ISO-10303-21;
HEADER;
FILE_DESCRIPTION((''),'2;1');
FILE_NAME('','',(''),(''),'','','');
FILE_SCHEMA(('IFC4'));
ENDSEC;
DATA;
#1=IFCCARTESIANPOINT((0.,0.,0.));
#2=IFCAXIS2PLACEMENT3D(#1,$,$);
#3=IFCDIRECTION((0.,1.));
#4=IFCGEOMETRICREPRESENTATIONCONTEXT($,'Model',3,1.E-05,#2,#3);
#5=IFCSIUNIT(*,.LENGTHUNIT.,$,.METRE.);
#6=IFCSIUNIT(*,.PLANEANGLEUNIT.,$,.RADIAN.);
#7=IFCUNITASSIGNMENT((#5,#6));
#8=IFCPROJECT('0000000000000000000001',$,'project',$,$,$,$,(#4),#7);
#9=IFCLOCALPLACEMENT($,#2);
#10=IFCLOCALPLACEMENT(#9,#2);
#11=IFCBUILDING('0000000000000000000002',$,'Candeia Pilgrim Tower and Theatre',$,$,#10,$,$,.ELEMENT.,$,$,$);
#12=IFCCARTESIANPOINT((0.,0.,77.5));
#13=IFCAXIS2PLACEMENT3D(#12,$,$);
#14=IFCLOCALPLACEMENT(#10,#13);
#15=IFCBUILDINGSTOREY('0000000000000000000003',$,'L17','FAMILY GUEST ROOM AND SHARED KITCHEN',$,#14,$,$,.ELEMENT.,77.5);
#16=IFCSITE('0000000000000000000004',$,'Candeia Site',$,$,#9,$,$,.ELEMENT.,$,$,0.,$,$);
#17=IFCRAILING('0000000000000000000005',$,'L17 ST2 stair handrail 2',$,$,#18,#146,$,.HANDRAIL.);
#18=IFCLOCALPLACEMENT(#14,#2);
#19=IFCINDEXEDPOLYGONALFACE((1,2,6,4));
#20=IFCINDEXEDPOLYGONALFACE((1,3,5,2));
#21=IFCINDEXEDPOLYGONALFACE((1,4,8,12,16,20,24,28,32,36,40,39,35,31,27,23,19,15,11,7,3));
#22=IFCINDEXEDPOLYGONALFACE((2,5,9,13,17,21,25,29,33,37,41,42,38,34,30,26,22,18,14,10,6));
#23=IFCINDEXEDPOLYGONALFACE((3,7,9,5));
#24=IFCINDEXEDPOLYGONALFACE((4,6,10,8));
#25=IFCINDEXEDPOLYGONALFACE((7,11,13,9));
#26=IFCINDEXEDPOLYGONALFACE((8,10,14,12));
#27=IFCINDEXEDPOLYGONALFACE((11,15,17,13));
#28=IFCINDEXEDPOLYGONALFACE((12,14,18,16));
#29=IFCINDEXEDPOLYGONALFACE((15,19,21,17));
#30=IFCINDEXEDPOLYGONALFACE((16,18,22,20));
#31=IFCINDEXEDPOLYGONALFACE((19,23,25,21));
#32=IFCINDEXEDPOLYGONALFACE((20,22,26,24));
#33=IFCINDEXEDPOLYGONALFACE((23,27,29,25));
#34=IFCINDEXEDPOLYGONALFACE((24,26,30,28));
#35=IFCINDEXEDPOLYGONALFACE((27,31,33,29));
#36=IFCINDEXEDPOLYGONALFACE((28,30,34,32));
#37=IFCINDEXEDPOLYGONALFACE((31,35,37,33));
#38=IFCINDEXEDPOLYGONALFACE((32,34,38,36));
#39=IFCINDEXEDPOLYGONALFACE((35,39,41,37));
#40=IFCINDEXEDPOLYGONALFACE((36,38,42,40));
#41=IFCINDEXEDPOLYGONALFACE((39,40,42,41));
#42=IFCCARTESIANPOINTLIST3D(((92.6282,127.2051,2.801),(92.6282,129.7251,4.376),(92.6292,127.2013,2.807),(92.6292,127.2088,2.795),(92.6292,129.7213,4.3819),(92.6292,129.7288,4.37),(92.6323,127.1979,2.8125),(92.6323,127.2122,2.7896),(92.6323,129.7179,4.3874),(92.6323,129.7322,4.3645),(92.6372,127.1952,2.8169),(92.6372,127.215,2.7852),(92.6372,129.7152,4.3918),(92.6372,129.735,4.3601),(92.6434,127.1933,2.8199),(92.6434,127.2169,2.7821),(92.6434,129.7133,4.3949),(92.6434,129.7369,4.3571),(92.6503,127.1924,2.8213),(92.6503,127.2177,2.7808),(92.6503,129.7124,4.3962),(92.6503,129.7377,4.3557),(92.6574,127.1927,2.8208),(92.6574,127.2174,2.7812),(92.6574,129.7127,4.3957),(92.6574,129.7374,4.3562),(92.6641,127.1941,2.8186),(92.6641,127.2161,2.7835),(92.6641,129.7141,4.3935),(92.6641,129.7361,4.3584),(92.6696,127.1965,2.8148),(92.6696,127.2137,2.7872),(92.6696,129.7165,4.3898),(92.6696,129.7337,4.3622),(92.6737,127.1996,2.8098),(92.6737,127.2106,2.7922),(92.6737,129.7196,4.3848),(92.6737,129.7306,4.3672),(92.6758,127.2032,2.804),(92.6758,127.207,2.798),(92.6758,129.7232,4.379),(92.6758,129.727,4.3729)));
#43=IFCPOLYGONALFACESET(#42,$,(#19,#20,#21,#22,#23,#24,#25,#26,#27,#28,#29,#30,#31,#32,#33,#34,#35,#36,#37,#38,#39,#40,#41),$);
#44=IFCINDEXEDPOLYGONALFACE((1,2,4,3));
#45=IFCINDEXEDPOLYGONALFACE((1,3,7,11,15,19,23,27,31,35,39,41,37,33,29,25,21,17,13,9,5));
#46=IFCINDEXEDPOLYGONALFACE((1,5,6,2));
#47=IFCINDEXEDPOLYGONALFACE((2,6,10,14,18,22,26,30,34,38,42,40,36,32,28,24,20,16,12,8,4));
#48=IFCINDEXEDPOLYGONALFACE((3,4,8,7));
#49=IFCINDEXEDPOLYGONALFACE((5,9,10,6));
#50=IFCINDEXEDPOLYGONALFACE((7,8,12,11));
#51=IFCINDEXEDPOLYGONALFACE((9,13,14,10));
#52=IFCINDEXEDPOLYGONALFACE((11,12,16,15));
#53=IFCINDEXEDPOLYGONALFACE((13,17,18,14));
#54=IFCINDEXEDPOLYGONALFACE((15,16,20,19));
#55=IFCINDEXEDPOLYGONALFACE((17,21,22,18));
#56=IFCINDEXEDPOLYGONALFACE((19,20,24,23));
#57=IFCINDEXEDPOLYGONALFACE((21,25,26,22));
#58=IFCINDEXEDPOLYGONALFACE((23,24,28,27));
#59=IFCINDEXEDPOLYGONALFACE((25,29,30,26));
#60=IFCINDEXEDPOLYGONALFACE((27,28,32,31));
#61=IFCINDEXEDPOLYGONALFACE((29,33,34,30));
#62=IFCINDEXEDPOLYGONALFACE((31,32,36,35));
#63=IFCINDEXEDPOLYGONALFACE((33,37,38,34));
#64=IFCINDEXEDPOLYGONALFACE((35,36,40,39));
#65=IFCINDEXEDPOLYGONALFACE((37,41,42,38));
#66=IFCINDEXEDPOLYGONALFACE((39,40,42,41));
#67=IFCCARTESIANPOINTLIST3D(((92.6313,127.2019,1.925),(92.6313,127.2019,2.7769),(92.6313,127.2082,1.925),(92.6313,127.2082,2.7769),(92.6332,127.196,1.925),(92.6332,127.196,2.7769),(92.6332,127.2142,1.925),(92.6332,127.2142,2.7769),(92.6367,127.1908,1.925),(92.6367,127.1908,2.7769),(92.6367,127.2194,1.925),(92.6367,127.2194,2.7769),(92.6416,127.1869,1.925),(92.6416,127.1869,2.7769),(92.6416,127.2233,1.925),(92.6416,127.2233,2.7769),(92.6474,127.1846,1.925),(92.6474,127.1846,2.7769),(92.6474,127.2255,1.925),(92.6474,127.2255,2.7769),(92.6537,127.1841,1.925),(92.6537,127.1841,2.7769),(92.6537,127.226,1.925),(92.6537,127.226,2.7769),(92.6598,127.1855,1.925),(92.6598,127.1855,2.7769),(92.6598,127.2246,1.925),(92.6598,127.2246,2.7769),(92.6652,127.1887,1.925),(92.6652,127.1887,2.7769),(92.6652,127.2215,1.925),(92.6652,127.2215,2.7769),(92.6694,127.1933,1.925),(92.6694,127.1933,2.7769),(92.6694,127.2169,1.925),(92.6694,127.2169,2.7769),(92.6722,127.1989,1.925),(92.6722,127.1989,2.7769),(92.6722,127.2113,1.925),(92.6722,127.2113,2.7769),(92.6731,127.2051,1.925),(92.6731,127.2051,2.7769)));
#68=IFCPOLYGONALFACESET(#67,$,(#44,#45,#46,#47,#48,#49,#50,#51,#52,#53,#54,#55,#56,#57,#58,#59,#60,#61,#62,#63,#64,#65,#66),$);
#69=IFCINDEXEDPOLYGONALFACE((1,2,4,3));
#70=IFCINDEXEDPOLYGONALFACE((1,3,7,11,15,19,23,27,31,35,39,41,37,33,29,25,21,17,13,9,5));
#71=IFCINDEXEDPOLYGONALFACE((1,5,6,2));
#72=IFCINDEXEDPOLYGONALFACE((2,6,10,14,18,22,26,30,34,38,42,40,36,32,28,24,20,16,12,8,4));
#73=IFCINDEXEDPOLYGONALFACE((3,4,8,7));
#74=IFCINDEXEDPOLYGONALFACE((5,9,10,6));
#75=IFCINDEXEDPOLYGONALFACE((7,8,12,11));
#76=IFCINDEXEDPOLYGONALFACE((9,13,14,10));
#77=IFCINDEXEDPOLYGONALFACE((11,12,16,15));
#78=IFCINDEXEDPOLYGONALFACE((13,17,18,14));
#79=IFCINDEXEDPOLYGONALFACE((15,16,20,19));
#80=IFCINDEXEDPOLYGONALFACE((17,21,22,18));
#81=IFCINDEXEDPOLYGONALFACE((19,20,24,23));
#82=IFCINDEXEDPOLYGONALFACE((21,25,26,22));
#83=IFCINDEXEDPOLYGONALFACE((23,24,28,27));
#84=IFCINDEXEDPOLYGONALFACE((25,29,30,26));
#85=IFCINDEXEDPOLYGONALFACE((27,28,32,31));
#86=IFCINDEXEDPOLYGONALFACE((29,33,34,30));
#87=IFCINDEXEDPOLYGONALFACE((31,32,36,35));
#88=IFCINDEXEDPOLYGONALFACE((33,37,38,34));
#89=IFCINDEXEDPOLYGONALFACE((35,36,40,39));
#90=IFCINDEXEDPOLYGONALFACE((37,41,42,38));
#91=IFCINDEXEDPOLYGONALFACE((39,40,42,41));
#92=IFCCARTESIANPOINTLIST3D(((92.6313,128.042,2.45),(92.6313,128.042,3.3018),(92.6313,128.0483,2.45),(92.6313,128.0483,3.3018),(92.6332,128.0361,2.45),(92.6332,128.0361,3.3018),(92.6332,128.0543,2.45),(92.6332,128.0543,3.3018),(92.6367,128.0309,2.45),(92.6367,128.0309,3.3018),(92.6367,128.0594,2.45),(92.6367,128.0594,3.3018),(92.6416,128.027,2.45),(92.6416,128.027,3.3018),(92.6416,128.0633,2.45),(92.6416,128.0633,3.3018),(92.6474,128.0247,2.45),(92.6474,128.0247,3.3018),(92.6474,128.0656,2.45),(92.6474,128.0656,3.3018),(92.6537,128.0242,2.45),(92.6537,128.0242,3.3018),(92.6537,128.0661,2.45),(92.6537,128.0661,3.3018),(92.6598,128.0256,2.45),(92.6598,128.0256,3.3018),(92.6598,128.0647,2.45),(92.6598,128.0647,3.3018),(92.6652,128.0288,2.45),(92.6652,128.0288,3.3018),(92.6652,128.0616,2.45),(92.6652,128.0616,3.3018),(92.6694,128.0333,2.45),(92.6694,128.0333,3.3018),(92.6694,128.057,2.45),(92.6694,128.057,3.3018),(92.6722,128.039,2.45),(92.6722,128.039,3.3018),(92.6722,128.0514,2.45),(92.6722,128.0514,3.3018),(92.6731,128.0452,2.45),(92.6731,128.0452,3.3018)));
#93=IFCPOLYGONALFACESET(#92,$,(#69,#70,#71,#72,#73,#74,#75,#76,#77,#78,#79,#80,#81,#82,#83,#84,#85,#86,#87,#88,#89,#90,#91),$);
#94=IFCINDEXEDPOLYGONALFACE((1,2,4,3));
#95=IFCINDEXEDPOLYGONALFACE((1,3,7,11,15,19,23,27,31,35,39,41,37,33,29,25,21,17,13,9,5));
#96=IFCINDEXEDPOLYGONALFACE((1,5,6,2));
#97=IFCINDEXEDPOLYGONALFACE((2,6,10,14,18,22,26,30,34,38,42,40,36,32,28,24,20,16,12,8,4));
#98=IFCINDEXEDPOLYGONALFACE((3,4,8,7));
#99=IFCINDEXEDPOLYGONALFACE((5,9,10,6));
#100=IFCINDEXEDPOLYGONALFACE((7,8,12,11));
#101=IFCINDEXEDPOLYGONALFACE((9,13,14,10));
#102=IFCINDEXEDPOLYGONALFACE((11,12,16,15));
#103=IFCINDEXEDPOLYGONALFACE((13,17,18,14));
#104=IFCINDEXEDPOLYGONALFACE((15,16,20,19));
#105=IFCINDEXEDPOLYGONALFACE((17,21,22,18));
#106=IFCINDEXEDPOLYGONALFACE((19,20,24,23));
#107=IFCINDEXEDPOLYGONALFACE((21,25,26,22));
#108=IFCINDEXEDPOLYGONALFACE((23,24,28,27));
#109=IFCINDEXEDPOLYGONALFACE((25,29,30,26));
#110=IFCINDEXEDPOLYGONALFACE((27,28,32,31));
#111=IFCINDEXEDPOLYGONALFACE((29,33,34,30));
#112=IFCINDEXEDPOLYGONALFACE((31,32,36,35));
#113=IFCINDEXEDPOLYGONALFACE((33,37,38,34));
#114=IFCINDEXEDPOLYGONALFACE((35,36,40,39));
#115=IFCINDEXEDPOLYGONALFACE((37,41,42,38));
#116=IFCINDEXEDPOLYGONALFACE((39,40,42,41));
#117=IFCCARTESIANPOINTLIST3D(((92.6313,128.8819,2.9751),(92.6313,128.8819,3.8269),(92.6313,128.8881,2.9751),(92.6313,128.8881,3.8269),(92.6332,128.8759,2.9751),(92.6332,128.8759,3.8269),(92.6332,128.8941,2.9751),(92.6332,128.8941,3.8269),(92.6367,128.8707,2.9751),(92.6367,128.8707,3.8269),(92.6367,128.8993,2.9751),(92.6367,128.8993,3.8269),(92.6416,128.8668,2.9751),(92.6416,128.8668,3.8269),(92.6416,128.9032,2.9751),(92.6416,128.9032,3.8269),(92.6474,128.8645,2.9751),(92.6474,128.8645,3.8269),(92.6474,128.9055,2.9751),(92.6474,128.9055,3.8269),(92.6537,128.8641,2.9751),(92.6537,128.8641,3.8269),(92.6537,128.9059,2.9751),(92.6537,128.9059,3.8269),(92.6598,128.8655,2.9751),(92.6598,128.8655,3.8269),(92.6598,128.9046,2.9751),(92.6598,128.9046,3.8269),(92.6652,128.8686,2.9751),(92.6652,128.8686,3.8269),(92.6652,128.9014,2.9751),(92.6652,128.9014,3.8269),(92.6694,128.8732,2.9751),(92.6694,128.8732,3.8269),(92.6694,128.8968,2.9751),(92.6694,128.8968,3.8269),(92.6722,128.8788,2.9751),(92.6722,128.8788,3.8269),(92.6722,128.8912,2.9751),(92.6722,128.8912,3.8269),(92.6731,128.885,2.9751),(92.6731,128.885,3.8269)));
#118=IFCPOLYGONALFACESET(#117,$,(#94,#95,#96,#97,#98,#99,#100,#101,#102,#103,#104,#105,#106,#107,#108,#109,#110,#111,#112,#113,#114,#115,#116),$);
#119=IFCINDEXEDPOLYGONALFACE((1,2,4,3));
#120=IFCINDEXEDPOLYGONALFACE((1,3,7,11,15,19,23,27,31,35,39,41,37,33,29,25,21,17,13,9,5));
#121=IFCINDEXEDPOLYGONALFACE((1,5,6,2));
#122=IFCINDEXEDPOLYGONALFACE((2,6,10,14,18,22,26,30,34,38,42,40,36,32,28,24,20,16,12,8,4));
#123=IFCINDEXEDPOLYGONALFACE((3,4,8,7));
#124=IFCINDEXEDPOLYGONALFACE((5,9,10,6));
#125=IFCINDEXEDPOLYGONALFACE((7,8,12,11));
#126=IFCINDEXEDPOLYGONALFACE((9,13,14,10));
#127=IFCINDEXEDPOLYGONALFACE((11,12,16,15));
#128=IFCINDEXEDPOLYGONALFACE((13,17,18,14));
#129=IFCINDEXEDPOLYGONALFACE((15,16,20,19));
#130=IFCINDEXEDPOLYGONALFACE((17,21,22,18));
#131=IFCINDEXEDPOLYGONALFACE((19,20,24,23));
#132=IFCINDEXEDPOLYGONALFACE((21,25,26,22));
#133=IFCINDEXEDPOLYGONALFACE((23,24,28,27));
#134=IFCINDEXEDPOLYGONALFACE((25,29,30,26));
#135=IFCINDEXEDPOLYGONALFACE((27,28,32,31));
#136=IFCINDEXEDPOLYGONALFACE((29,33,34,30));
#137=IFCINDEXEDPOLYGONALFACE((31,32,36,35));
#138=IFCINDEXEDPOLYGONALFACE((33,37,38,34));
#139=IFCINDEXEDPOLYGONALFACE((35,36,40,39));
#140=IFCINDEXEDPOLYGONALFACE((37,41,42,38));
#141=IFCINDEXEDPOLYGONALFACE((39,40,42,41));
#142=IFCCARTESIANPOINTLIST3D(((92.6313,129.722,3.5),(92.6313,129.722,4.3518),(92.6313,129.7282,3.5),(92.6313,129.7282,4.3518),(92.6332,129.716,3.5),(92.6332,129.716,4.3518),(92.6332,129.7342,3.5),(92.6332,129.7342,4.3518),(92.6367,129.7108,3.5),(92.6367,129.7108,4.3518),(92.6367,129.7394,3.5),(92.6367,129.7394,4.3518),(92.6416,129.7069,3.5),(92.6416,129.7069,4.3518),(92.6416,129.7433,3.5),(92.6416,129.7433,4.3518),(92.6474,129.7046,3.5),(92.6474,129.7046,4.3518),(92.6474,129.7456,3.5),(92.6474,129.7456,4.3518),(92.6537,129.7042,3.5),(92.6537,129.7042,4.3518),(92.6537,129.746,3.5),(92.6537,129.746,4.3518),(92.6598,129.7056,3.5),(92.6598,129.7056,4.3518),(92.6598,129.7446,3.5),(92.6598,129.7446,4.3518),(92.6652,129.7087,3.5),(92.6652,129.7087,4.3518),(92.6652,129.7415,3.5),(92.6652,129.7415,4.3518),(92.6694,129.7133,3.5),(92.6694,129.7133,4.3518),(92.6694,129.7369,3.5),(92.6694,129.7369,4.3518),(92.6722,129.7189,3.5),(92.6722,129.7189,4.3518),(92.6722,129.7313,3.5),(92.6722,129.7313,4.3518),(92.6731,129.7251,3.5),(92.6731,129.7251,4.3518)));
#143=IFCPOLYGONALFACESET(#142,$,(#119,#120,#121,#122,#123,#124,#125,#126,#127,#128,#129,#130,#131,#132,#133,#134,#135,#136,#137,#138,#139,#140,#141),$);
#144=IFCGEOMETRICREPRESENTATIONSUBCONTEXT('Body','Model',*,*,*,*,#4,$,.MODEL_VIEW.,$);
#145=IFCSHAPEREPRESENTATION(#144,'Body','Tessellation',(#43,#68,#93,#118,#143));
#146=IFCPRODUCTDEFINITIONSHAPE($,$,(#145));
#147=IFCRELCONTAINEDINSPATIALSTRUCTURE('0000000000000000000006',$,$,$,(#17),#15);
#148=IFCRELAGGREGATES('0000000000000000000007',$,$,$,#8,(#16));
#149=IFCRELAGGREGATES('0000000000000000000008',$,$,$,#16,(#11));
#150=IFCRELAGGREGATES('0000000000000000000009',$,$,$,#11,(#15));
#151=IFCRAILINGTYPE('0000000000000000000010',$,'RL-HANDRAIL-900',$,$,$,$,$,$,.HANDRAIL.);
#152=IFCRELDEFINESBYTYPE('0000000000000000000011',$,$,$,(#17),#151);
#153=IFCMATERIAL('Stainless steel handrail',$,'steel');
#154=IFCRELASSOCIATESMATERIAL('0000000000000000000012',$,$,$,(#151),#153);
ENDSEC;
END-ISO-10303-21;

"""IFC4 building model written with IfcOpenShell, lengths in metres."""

from ifc_helpers import new_model, si_unit, direction, frame, origin, origin_2d, place, context, subcontext, project, spatial, circle, extrude, material, type_object, element, save


model = new_model("IFC4")

# Units and contexts
model_context = context("Model", 3, precision=1e-05, world=origin(), true_north=direction((0.0, 1.0)))
body_context = subcontext(model_context, "Body", "Model", "MODEL_VIEW")
ifc_project = project(units=[si_unit("LENGTHUNIT", "METRE"), si_unit("PLANEANGLEUNIT", "RADIAN")], contexts=[model_context])

# Site, building, storey
site_placement = place(None, origin())
site = spatial("IfcSite", under=ifc_project, at=site_placement, Name="Candeia Site", CompositionType="ELEMENT", RefElevation=0.0)
building_placement = place(site_placement, origin())
building = spatial("IfcBuilding", under=site, at=building_placement, Name="Candeia Pilgrim Tower and Theatre", CompositionType="ELEMENT")
storey_placement = place(building_placement, frame((0.0, 0.0, 77.5)))
storey = spatial("IfcBuildingStorey", under=building, at=storey_placement, Name="L17", Description="FAMILY GUEST ROOM AND SHARED KITCHEN", CompositionType="ELEMENT", Elevation=77.5)

# Railing
ifc_material_1 = material(Name="Stainless steel handrail", Category="steel")
railing_type = type_object("IfcRailingType", Name="RL-HANDRAIL-900", PredefinedType="HANDRAIL", material=ifc_material_1)
for number, where, name in (
    (1, (92.6521, 127.2051, 1.925), "L17 ST2 stair handrail 2"),
):
    element("IfcRailing", number, at=place(storey_placement, frame(where)), inside=storey, type_object=railing_type, Name=name, PredefinedType="HANDRAIL", context=body_context, shape_type="SweptSolid", body=[
        extrude(circle(Radius=0.0239, at=origin_2d()), frame((0.0, 0.0, 0.876), z_axis=(0.0, 0.848008, 0.529984), x_axis=(-1.0, 0.0, 0.0)), (0.0, 0.0, 1.0), 2.9717),
        extrude(circle(Radius=0.021, at=origin_2d()), origin(), (0.0, 0.0, 1.0), 0.8518),
        extrude(circle(Radius=0.021, at=origin_2d()), frame((0.0, 0.8401, 0.5249)), (0.0, 0.0, 1.0), 0.8518),
        extrude(circle(Radius=0.021, at=origin_2d()), frame((0.0, 1.6799, 1.05)), (0.0, 0.0, 1.0), 0.8518),
        extrude(circle(Radius=0.021, at=origin_2d()), frame((0.0, 2.52, 1.575)), (0.0, 0.0, 1.0), 0.8518),
    ])

save(model, "model.ifc")
